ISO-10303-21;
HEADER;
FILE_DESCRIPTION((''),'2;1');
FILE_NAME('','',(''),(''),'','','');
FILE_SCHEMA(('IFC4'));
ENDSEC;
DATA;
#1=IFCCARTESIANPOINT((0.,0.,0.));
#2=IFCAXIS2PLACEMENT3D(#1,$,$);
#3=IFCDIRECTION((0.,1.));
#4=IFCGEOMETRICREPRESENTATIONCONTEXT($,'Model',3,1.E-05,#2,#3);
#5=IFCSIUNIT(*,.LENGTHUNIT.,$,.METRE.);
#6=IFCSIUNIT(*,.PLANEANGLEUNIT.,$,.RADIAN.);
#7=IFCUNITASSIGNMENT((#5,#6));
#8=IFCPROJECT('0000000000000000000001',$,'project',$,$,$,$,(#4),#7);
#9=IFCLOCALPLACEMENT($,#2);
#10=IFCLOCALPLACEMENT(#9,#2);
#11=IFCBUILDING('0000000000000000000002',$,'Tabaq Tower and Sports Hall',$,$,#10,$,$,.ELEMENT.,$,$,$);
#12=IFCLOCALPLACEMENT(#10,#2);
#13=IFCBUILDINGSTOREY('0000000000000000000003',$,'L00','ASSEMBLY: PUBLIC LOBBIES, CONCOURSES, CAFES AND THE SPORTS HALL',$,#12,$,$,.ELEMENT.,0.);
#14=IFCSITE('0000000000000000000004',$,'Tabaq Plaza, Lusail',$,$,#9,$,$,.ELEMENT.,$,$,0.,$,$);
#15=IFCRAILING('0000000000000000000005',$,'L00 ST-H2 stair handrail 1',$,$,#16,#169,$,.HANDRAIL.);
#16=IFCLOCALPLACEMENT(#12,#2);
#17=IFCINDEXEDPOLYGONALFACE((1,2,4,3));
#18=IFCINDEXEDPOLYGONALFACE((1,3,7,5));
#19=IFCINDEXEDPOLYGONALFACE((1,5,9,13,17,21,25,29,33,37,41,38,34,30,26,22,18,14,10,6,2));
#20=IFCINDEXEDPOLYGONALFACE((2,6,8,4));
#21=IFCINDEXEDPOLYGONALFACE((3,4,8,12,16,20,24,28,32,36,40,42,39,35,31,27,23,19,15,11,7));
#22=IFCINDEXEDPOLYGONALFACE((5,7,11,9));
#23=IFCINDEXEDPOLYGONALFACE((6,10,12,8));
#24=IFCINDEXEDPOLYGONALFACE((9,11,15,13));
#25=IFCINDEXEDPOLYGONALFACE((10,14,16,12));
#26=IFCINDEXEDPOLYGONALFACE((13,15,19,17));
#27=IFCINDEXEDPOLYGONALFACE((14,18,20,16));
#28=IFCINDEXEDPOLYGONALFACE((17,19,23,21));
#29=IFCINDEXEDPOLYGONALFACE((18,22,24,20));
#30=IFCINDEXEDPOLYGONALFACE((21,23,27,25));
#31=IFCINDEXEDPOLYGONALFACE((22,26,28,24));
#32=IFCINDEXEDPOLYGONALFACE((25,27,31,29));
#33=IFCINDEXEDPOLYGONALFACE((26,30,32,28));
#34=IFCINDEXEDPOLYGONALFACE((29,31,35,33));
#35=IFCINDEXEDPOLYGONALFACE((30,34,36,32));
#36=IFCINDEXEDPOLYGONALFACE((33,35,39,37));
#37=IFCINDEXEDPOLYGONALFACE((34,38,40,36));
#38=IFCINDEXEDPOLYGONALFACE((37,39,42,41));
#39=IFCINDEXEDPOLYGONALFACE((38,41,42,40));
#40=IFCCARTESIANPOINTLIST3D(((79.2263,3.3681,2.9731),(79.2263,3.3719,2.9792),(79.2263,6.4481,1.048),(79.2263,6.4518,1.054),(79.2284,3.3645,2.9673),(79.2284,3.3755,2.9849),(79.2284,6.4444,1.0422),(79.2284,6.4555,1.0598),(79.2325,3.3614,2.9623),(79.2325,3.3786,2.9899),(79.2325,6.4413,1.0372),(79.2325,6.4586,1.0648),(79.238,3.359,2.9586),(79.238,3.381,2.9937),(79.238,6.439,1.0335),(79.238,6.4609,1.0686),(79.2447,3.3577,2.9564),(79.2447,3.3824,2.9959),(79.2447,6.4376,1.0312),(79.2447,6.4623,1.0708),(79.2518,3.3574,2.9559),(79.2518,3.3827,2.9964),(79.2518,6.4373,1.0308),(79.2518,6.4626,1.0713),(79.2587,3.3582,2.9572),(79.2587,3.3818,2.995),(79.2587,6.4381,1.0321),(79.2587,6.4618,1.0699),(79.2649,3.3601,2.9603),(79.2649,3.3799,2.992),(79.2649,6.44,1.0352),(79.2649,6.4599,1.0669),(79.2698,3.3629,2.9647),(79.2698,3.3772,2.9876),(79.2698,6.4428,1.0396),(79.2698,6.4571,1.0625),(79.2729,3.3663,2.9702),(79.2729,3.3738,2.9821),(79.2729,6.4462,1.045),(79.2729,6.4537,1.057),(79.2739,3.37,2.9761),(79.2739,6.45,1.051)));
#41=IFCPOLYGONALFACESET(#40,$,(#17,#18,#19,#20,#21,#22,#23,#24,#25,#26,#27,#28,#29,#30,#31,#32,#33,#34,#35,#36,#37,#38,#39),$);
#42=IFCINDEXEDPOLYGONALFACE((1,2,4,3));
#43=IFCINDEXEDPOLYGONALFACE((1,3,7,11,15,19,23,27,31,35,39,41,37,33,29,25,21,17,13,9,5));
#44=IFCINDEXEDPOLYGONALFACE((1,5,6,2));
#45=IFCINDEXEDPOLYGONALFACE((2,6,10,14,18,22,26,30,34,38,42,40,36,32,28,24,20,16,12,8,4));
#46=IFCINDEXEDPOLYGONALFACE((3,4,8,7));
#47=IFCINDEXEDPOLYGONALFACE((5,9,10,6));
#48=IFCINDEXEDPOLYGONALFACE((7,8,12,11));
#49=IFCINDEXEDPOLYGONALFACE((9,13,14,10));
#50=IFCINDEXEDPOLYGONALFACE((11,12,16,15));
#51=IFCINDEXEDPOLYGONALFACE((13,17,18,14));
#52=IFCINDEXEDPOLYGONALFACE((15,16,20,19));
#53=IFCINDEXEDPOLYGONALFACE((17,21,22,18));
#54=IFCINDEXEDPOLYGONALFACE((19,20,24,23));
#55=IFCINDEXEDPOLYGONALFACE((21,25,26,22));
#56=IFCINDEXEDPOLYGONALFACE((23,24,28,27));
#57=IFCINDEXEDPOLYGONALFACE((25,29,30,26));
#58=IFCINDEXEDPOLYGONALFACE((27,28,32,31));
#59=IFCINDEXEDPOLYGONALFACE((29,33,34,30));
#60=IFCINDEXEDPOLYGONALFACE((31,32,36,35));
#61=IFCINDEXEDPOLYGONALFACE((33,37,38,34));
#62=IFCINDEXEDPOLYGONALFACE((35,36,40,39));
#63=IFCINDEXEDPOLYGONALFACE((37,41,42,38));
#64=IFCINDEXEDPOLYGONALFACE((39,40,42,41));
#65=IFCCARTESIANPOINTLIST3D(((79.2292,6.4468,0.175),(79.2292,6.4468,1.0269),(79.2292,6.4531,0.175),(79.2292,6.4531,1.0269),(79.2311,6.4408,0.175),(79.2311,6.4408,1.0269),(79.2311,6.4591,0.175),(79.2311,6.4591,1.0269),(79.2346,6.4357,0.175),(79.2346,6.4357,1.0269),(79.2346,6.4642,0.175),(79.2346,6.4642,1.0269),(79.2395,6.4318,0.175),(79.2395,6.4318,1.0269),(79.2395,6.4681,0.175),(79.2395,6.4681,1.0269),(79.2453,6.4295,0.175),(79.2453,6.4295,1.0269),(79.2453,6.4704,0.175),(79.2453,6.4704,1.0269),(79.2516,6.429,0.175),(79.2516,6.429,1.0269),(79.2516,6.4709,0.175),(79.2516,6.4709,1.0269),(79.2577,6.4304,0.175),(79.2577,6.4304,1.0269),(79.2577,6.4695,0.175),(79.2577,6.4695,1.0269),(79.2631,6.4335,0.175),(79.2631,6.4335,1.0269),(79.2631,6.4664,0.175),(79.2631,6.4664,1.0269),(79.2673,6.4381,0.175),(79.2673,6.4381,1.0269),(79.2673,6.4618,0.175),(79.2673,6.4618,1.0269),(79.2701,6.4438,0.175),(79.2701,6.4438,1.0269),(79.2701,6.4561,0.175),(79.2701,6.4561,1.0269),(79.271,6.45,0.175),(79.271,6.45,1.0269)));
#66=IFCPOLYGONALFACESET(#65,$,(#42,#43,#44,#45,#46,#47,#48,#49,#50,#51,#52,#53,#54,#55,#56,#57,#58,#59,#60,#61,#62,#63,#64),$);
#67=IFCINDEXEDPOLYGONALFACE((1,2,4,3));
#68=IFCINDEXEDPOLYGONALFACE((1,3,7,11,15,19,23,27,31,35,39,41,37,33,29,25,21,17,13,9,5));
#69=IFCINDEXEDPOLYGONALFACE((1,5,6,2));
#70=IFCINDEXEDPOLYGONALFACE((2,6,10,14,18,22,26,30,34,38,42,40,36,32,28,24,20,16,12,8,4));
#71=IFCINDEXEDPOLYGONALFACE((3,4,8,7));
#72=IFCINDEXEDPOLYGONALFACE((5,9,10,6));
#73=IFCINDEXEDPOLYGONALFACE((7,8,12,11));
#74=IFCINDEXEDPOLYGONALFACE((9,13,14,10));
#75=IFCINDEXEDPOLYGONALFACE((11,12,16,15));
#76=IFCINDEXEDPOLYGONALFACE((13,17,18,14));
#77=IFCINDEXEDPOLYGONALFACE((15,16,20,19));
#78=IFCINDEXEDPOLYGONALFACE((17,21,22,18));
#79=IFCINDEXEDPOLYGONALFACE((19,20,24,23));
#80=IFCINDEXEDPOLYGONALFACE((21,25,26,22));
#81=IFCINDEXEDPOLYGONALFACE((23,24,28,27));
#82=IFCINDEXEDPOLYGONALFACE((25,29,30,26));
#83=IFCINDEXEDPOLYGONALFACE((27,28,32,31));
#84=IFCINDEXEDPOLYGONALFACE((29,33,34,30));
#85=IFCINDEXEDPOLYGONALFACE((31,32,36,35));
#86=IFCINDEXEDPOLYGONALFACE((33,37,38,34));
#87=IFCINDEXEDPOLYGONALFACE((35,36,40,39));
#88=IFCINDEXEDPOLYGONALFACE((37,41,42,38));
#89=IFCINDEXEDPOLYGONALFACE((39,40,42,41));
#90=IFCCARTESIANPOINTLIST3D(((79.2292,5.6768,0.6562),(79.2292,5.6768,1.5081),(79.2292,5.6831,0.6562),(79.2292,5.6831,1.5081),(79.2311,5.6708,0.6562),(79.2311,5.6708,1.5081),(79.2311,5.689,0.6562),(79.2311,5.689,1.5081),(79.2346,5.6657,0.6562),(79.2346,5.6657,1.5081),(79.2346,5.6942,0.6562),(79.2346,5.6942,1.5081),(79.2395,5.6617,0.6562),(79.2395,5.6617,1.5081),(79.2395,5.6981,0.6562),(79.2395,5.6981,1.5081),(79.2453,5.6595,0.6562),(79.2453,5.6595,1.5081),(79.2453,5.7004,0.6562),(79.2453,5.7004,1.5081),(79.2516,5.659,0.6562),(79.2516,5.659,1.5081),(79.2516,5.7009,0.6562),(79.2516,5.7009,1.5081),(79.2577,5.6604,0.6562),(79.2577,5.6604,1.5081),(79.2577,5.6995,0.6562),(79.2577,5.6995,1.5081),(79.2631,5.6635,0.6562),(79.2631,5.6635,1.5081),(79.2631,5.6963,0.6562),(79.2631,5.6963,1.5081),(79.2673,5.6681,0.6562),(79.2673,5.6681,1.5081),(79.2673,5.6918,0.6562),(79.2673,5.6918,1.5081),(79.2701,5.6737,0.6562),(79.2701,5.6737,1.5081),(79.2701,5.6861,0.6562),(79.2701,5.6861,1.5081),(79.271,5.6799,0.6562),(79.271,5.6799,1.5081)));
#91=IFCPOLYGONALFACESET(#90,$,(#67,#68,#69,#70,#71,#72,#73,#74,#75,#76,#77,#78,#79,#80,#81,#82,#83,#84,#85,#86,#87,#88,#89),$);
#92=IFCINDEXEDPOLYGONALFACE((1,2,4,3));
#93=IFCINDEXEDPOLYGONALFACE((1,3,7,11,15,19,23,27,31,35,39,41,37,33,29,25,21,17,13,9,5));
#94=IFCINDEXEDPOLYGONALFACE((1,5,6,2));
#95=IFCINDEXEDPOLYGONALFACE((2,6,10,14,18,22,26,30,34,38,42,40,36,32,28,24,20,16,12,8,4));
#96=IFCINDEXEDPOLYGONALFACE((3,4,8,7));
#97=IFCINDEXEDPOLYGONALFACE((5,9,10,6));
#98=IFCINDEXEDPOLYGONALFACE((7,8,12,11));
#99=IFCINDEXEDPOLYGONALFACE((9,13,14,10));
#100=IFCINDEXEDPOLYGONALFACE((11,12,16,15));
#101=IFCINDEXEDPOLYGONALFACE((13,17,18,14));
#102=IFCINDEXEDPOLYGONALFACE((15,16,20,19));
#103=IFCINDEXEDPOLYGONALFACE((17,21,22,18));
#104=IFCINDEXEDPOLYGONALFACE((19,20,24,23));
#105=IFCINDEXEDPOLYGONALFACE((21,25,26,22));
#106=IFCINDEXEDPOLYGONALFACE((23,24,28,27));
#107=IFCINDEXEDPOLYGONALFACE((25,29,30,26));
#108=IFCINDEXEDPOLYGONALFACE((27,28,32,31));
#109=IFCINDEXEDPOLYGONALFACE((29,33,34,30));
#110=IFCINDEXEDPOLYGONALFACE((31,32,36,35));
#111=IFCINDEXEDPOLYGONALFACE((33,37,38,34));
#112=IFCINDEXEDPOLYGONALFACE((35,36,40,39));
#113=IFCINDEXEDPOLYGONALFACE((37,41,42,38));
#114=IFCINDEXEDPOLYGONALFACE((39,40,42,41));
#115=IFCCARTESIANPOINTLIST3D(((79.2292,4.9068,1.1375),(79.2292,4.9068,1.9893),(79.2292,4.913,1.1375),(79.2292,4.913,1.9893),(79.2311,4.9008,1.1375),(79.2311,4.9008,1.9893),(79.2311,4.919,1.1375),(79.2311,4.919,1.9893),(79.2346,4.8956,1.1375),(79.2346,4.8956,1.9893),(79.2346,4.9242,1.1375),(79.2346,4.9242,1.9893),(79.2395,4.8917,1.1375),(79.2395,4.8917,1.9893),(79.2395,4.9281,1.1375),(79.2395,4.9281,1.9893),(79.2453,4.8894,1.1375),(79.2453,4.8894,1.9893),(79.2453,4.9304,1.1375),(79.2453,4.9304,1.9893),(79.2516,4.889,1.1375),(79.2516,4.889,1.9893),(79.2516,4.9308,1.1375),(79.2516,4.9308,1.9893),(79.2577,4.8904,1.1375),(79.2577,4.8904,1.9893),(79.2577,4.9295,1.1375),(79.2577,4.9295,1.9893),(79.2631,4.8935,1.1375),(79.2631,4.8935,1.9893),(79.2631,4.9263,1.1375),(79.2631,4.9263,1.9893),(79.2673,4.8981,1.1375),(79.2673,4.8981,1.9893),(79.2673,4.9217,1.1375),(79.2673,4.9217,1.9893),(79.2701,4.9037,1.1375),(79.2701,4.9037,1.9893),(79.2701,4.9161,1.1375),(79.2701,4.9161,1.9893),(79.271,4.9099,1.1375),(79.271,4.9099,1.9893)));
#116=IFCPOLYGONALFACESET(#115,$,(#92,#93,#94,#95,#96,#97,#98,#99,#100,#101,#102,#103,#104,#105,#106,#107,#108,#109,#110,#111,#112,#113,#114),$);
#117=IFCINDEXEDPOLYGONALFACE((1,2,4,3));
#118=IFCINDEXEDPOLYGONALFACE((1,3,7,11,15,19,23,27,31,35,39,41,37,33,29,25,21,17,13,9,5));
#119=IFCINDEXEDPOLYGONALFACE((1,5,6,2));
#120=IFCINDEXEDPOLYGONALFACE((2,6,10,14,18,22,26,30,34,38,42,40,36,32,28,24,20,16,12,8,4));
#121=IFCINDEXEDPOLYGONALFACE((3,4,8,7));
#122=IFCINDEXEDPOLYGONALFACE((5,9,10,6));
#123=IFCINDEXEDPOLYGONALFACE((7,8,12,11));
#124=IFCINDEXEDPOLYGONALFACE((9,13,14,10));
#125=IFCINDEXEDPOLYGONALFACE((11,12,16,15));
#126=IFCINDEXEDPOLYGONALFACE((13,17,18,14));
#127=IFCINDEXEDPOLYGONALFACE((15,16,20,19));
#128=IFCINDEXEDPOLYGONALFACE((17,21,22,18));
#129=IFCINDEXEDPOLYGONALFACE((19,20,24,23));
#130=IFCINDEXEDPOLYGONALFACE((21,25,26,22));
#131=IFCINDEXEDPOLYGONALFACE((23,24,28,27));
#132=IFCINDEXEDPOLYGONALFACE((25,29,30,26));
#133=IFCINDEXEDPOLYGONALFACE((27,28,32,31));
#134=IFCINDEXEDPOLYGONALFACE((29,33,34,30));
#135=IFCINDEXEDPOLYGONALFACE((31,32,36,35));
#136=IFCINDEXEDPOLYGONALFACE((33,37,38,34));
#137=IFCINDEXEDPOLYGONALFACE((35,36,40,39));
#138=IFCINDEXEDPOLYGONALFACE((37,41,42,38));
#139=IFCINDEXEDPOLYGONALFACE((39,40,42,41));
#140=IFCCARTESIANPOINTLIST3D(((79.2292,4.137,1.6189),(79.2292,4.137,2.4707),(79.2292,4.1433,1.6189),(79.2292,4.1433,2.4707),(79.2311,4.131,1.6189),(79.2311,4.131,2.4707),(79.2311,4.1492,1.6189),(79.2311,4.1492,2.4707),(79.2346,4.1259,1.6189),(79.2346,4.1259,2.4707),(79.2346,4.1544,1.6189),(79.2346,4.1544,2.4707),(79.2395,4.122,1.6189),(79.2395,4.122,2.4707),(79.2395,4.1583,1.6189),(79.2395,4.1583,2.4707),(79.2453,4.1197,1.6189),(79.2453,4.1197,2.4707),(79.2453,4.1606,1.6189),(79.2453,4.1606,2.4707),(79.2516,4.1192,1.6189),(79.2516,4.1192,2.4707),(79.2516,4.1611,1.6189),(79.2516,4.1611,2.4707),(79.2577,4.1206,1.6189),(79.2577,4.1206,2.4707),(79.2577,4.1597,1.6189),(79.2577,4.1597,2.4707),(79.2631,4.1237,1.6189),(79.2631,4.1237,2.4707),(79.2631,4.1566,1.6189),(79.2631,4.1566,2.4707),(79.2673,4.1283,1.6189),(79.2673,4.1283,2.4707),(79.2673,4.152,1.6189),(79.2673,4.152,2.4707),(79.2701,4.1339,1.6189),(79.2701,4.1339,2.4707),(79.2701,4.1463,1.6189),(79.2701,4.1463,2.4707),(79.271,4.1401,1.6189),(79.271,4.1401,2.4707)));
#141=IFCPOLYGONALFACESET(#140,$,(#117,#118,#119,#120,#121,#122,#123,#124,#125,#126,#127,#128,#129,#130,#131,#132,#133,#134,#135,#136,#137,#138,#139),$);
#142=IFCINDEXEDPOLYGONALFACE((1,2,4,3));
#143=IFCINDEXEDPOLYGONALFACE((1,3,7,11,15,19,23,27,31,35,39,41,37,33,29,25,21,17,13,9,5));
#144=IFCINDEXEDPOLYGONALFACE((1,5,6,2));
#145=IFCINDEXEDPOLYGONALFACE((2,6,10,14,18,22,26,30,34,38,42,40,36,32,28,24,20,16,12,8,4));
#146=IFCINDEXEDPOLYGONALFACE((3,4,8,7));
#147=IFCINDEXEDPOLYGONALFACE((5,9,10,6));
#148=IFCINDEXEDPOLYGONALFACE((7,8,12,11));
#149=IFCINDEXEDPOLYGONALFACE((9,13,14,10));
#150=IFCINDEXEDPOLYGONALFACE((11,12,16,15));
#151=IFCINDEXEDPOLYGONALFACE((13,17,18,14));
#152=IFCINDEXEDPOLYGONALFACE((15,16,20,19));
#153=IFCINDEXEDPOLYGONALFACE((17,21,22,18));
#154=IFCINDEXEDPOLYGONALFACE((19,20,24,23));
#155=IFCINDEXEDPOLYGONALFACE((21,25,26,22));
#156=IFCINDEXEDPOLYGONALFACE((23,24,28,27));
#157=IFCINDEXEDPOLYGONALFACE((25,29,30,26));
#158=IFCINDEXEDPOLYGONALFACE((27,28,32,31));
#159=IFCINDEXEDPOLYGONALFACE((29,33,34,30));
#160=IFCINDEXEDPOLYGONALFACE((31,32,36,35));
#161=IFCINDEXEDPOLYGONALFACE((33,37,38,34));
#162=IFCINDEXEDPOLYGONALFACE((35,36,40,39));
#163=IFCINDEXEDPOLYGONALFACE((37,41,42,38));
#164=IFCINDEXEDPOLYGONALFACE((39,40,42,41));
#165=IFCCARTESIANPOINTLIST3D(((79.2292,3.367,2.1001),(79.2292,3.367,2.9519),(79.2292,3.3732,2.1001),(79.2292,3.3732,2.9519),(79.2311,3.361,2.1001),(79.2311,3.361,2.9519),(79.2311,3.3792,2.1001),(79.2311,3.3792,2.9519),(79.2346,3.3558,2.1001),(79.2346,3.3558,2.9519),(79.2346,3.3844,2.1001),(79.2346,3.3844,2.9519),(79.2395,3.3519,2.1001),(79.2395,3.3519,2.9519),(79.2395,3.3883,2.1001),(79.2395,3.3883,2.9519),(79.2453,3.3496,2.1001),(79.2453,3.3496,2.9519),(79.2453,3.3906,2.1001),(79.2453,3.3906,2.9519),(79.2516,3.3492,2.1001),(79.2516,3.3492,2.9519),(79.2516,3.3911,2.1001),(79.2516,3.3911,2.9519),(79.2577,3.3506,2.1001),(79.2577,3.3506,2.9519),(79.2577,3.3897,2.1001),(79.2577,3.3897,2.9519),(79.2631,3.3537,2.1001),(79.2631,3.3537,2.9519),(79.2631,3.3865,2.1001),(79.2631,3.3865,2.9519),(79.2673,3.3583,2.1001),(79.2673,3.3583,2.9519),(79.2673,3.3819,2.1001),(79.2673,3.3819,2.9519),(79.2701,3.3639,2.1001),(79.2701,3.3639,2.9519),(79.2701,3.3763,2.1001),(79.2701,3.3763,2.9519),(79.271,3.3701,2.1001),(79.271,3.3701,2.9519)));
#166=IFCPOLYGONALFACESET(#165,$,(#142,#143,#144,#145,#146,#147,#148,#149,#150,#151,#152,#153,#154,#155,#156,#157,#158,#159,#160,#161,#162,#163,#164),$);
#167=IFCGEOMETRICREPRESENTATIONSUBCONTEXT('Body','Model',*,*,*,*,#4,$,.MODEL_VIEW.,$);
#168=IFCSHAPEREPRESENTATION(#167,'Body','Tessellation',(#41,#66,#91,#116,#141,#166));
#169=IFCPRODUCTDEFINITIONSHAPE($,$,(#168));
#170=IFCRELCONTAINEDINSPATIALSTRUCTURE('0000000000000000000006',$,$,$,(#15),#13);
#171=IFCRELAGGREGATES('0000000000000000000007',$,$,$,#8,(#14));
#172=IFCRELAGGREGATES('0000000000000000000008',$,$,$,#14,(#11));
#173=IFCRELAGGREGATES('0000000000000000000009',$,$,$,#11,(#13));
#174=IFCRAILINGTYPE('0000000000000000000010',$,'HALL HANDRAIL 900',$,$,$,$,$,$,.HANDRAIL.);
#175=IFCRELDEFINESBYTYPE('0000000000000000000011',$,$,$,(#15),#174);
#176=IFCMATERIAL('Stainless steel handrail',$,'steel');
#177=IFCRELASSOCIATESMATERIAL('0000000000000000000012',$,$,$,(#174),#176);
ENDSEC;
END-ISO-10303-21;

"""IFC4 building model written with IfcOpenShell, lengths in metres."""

from ifc_helpers import new_model, si_unit, direction, frame, origin, origin_2d, place, context, subcontext, project, spatial, circle, extrude, material, type_object, element, save


model = new_model("IFC4")

# Units and contexts
model_context = context("Model", 3, precision=1e-05, world=origin(), true_north=direction((0.0, 1.0)))
body_context = subcontext(model_context, "Body", "Model", "MODEL_VIEW")
ifc_project = project(units=[si_unit("LENGTHUNIT", "METRE"), si_unit("PLANEANGLEUNIT", "RADIAN")], contexts=[model_context])

# Site, building, storey
site_placement = place(None, origin())
site = spatial("IfcSite", under=ifc_project, at=site_placement, Name="Tabaq Plaza, Lusail", CompositionType="ELEMENT", RefElevation=0.0)
building_placement = place(site_placement, origin())
building = spatial("IfcBuilding", under=site, at=building_placement, Name="Tabaq Tower and Sports Hall", CompositionType="ELEMENT")
storey_placement = place(building_placement, origin())
storey = spatial("IfcBuildingStorey", under=building, at=storey_placement, Name="L00", Description="ASSEMBLY: PUBLIC LOBBIES, CONCOURSES, CAFES AND THE SPORTS HALL", CompositionType="ELEMENT", Elevation=0.0)

# Railing
ifc_material_1 = material(Name="Stainless steel handrail", Category="steel")
railing_type_1 = type_object("IfcRailingType", Name="HALL HANDRAIL 900", PredefinedType="HANDRAIL", material=ifc_material_1)
for number, where, name in (
    (1, (79.25, 6.45, 0.175), "L00 ST-H2 stair handrail 1"),
):
    element("IfcRailing", number, at=place(storey_placement, frame(where)), inside=storey, type_object=railing_type_1, Name=name, PredefinedType="HANDRAIL", context=body_context, shape_type="SweptSolid", body=[
        extrude(circle(Radius=0.0239, at=origin_2d()), frame((0.0, 0.0, 0.876), z_axis=(0.0, -0.847979, 0.530029), x_axis=(1.0, 0.0, 0.0)), (0.0, 0.0, 1.0), 3.6321),
        extrude(circle(Radius=0.021, at=origin_2d()), origin(), (0.0, 0.0, 1.0), 0.8518),
        extrude(circle(Radius=0.021, at=origin_2d()), frame((0.0, -0.77, 0.4812)), (0.0, 0.0, 1.0), 0.8518),
        extrude(circle(Radius=0.021, at=origin_2d()), frame((0.0, -1.54, 0.9624)), (0.0, 0.0, 1.0), 0.8518),
        extrude(circle(Radius=0.021, at=origin_2d()), frame((0.0, -2.3098, 1.4438)), (0.0, 0.0, 1.0), 0.8518),
        extrude(circle(Radius=0.021, at=origin_2d()), frame((0.0, -3.0798, 1.925)), (0.0, 0.0, 1.0), 0.8518),
    ])

save(model, "model.ifc")
